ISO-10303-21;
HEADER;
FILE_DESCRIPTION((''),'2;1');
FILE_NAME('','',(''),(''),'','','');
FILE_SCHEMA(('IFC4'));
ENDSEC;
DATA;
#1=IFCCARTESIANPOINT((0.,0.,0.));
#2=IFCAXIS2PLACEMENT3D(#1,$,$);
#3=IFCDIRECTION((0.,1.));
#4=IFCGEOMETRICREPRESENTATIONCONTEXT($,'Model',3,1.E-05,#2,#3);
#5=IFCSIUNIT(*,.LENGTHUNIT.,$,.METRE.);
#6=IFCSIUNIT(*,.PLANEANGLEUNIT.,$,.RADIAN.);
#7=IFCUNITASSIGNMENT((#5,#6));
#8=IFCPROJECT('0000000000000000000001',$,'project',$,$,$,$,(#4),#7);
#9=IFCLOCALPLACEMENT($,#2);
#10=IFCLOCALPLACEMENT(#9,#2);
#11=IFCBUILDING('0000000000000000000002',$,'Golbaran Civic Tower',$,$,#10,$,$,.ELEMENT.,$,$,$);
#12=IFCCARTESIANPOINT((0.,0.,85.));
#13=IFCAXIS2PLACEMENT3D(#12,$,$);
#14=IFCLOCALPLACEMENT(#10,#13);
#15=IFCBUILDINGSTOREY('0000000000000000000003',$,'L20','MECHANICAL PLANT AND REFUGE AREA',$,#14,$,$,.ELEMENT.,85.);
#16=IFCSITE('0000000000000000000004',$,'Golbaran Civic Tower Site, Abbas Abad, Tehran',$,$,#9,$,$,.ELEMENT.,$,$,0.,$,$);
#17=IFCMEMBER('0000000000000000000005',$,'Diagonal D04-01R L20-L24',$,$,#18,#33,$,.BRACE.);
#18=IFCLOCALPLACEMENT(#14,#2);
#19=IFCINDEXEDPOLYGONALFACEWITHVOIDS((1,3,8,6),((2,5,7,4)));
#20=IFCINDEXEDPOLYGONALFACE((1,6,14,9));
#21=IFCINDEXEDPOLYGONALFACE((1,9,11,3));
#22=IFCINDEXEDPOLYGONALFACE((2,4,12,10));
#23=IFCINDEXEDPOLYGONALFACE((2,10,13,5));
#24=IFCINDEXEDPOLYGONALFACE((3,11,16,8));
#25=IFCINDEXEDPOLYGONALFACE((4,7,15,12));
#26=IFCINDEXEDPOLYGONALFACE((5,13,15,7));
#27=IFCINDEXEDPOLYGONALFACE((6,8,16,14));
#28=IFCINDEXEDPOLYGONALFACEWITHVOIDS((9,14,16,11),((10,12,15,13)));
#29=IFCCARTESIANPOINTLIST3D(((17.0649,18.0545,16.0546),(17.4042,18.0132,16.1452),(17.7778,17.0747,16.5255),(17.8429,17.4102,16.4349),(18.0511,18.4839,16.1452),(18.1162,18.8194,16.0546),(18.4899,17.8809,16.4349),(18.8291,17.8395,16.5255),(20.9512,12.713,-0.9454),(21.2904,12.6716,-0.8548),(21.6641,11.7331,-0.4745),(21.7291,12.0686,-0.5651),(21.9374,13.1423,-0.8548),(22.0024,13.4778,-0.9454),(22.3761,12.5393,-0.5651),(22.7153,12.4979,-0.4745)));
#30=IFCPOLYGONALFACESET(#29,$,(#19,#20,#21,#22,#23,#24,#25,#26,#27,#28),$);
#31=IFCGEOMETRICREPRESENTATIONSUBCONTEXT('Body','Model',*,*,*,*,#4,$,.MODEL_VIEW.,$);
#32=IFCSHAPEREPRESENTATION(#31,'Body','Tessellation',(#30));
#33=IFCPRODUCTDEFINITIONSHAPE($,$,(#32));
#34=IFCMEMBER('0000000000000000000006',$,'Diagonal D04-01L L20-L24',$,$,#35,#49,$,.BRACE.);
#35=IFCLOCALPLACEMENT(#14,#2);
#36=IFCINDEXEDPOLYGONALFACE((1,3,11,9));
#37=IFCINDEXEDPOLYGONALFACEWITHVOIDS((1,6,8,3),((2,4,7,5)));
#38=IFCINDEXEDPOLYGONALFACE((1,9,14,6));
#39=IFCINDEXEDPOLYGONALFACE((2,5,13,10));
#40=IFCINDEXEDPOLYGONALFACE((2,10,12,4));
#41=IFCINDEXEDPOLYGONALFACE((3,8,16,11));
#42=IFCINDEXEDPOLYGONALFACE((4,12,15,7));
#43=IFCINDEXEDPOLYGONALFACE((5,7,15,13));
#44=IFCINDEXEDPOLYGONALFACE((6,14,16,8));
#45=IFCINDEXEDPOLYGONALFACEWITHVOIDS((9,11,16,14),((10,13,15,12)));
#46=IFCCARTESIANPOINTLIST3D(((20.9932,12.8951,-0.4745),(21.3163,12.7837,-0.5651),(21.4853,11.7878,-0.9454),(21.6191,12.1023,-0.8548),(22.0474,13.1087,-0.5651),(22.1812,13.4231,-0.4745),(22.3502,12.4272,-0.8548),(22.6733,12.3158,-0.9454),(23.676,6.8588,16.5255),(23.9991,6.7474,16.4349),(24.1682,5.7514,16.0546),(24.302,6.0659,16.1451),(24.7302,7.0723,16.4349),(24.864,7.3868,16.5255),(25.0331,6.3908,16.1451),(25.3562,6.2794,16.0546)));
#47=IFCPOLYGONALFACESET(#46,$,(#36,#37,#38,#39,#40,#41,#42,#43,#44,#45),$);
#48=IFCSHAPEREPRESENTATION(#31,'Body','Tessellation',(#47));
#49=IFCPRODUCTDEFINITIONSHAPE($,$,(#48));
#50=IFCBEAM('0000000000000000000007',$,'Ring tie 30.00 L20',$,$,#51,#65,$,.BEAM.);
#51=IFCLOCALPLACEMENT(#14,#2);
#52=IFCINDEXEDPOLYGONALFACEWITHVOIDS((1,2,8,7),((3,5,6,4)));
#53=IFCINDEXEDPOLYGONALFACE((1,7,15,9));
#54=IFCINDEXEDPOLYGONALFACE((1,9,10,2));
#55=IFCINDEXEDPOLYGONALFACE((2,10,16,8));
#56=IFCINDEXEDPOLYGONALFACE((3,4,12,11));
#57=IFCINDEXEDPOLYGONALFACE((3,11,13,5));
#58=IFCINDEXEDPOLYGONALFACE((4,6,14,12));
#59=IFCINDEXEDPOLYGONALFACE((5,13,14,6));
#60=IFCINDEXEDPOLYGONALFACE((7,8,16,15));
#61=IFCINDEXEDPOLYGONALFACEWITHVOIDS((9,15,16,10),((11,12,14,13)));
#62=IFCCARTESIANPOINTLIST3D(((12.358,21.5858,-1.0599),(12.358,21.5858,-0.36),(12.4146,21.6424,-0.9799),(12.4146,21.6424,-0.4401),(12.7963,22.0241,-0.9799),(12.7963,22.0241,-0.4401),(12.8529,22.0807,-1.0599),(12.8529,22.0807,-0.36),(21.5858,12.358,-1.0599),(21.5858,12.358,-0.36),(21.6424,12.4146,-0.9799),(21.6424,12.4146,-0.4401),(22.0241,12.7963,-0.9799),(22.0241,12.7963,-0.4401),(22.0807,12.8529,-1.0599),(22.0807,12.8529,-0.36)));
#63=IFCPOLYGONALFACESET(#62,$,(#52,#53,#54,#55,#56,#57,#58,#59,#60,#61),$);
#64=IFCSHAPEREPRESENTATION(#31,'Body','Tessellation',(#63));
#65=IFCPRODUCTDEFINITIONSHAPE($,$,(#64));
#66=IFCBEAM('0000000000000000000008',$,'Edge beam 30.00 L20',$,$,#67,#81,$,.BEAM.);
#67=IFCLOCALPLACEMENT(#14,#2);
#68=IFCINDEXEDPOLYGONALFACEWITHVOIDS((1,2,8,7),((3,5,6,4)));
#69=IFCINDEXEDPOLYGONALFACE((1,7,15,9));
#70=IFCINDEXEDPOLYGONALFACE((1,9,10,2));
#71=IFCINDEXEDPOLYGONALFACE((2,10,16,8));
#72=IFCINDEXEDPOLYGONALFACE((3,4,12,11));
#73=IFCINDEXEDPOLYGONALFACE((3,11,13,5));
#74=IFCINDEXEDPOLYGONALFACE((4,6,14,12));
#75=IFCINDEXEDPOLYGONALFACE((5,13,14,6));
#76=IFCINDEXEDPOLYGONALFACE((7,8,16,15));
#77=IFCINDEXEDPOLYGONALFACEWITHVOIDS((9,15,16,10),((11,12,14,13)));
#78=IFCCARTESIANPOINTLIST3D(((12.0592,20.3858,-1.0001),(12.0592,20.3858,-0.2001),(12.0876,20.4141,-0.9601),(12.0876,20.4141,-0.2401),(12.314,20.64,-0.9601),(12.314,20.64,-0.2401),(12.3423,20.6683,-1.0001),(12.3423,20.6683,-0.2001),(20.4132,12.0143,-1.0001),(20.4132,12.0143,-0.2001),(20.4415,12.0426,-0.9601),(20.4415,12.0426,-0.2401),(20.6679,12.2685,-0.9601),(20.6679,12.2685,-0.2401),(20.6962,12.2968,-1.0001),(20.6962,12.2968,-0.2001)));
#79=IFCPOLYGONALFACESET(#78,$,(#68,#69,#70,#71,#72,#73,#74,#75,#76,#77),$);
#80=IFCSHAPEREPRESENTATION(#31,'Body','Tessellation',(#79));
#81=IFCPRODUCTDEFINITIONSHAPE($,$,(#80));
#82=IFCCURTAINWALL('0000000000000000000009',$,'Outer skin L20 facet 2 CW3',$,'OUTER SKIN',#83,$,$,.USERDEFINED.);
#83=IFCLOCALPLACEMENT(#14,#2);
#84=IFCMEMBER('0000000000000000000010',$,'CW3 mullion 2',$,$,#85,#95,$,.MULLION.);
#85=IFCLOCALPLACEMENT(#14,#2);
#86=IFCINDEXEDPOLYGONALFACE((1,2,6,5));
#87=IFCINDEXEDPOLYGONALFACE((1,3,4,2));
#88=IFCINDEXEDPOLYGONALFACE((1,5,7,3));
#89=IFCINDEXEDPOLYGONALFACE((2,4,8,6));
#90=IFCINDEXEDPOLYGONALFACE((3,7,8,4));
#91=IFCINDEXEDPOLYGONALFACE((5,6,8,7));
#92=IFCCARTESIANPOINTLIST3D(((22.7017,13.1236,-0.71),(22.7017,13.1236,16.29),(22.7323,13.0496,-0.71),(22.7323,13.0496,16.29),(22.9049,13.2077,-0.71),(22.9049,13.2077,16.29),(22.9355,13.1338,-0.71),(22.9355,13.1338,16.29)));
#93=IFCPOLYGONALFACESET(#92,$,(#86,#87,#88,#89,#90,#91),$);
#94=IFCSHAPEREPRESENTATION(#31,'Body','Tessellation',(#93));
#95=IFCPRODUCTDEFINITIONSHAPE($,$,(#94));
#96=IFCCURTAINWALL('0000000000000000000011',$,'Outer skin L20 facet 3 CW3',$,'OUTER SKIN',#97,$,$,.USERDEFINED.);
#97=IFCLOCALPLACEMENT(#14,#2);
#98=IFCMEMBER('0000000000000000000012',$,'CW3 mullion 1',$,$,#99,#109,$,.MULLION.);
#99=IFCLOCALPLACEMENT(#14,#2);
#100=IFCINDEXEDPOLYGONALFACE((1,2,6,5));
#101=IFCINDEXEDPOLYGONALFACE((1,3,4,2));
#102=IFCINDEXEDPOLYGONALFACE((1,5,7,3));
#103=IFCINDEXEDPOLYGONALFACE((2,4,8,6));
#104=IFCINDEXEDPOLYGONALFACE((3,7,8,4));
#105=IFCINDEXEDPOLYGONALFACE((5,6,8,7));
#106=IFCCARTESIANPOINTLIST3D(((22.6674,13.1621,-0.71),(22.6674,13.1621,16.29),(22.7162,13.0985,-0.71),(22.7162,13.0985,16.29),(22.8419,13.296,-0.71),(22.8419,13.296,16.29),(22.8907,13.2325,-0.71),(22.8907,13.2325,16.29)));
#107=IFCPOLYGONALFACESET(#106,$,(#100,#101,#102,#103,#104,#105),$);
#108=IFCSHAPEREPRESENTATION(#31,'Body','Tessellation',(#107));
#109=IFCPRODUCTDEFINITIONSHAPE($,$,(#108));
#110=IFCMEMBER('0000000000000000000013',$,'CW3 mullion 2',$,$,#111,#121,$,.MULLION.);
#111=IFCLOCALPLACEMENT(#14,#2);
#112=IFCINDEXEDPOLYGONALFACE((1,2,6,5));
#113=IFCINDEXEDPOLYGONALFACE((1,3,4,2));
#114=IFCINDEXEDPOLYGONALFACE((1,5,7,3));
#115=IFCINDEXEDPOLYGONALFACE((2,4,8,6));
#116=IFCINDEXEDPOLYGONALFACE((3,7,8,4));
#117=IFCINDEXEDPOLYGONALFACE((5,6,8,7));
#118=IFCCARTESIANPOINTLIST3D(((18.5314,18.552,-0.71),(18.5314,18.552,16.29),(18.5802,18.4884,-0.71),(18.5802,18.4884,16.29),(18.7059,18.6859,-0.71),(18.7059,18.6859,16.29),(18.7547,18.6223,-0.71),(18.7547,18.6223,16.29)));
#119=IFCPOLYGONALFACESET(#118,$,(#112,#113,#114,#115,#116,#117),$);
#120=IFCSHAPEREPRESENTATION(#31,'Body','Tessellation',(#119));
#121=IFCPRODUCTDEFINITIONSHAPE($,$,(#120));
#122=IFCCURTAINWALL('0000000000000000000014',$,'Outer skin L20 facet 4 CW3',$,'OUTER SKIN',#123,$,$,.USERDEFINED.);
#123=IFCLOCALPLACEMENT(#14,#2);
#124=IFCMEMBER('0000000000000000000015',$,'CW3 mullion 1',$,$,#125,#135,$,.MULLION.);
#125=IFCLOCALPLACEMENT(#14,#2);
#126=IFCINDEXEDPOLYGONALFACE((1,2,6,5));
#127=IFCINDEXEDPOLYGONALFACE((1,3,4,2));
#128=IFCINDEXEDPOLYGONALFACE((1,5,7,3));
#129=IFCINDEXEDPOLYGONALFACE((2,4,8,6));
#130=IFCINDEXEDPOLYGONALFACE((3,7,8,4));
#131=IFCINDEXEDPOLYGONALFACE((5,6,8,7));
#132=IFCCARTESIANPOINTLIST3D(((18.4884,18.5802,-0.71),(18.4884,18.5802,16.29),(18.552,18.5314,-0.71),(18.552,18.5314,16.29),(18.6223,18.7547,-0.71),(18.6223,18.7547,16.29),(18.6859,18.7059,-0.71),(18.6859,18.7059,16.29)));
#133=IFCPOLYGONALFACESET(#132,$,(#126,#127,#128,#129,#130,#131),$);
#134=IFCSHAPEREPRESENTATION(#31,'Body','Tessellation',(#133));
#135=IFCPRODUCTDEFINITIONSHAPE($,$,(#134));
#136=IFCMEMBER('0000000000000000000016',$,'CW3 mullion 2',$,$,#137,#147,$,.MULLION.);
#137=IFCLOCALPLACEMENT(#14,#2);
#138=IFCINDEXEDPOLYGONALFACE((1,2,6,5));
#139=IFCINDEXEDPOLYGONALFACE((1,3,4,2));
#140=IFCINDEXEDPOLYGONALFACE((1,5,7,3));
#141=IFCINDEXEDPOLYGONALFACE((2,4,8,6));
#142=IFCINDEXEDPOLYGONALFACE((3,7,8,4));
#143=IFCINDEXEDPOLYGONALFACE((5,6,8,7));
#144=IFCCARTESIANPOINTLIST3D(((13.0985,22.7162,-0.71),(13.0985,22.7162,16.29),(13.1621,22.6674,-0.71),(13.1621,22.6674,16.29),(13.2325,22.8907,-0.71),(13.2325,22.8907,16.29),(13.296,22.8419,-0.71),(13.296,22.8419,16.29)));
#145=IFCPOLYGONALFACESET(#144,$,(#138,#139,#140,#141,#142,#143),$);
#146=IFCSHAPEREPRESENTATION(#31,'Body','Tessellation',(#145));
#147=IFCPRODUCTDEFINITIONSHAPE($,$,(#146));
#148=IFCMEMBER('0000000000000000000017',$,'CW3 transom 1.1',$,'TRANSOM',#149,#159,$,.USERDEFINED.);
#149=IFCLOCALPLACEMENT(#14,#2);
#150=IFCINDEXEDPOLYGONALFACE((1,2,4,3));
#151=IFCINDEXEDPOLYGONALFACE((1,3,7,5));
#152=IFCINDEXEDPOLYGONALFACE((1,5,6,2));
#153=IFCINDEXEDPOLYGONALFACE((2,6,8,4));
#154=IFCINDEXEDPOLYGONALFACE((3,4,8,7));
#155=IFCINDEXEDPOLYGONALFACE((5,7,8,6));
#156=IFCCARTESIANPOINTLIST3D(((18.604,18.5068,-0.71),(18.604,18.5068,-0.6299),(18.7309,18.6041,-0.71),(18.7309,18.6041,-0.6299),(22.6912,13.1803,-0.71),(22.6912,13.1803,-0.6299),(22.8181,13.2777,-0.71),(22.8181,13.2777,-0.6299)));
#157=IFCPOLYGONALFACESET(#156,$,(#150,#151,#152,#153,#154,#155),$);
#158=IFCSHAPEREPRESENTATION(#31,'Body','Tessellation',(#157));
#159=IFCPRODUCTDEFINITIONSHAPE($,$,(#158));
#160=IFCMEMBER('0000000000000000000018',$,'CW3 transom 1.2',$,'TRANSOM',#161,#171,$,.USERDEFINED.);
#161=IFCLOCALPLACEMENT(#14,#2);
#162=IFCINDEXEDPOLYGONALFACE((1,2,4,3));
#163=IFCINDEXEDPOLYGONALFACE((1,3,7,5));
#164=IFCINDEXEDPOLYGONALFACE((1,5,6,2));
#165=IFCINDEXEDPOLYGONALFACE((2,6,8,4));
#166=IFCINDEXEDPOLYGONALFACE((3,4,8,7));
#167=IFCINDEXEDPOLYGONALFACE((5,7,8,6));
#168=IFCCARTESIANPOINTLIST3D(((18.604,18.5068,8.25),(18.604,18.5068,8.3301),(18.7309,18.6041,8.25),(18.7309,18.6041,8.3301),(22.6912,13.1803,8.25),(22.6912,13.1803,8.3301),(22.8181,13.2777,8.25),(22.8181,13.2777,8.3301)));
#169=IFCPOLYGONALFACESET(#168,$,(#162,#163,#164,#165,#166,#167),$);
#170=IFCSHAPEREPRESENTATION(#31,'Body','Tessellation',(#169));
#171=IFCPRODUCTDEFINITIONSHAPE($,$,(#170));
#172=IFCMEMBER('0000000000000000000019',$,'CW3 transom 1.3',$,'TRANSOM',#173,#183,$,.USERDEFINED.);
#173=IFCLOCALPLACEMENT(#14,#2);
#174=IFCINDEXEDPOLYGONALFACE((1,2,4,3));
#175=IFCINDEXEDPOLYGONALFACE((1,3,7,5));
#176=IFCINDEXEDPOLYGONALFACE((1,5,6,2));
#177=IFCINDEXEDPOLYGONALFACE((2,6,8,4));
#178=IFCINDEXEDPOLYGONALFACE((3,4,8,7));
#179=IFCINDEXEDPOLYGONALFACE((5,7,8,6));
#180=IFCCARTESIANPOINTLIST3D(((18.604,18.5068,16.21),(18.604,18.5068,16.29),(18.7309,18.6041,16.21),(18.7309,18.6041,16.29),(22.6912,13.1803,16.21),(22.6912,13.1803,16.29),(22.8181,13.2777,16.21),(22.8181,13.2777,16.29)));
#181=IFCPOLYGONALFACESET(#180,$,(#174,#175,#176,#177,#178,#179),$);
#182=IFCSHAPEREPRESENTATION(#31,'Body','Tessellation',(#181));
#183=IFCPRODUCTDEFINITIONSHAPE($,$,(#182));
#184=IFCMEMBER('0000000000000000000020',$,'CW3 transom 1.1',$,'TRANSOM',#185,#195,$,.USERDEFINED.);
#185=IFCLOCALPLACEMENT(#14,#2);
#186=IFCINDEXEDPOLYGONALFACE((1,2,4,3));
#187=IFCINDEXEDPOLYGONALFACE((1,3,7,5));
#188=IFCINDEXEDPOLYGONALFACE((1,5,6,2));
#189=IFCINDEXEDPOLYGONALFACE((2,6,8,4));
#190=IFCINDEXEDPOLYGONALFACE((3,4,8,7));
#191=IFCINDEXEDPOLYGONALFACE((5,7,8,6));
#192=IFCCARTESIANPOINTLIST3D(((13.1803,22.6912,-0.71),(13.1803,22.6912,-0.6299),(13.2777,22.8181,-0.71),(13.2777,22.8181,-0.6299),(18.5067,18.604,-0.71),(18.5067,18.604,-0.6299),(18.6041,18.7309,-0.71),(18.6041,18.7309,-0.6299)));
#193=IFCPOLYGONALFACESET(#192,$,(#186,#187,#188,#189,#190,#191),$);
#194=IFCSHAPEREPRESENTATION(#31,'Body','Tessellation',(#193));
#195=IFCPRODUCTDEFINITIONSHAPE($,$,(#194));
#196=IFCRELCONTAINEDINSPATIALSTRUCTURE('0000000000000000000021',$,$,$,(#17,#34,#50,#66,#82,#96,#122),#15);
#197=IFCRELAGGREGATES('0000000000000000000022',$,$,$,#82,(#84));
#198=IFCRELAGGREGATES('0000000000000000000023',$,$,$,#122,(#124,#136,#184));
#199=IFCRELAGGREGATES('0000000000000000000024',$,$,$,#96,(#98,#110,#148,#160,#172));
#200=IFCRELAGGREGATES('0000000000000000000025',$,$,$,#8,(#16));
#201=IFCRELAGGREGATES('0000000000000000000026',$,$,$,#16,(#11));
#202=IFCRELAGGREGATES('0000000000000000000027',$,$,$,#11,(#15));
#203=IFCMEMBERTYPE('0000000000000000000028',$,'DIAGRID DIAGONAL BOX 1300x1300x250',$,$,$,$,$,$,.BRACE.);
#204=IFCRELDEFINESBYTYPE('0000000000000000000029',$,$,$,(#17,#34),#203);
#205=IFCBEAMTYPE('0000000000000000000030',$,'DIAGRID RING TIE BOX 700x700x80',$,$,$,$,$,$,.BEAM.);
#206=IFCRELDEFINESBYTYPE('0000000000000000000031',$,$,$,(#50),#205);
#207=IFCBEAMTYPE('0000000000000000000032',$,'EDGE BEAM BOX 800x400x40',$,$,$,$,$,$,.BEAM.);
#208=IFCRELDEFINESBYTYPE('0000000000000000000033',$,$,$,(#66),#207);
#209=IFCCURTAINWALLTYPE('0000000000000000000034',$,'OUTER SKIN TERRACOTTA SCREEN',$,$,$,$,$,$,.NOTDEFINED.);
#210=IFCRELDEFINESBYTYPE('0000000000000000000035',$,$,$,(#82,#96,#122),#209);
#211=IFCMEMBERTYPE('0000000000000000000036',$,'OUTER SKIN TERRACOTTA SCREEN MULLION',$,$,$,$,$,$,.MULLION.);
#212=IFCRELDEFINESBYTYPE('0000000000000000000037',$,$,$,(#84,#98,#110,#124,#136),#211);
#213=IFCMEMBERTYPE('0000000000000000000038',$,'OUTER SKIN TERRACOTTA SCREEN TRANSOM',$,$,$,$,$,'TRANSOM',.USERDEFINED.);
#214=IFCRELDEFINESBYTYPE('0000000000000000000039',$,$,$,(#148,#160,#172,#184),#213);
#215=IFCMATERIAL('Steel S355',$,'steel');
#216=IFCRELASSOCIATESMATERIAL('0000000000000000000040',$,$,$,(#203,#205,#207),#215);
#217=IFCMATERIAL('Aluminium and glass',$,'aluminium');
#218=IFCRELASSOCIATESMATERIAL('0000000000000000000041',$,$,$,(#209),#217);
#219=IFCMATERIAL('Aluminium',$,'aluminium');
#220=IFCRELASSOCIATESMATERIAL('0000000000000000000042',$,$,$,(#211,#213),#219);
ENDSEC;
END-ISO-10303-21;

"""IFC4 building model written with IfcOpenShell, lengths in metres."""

from ifc_helpers import new_model, si_unit, direction, frame, origin, origin_2d, place, context, subcontext, project, spatial, rectangle, hollow_rectangle, extrude, material, material_profile, profile_set, type_object, element, aggregate, save


model = new_model("IFC4")

# Units and contexts
model_context = context("Model", 3, precision=1e-05, world=origin(), true_north=direction((0.0, 1.0)))
body_context = subcontext(model_context, "Body", "Model", "MODEL_VIEW")
ifc_project = project(units=[si_unit("LENGTHUNIT", "METRE"), si_unit("PLANEANGLEUNIT", "RADIAN")], contexts=[model_context])

# Site, building, storey
site_placement = place(None, origin())
site = spatial("IfcSite", under=ifc_project, at=site_placement, Name="Golbaran Civic Tower Site, Abbas Abad, Tehran", CompositionType="ELEMENT", RefElevation=0.0)
building_placement = place(site_placement, origin())
building = spatial("IfcBuilding", under=site, at=building_placement, Name="Golbaran Civic Tower", CompositionType="ELEMENT")
storey_placement = place(building_placement, frame((0.0, 0.0, 85.0)))
storey = spatial("IfcBuildingStorey", under=building, at=storey_placement, Name="L20", Description="MECHANICAL PLANT AND REFUGE AREA", CompositionType="ELEMENT", Elevation=85.0)

# Members
ifc_material_1 = material(Name="Steel S355", Category="steel")
ifc_material_profile_1 = material_profile(ifc_material_1, hollow_rectangle(XDim=1.3, YDim=1.3, WallThickness=0.25, at=origin_2d()), Name="BOX 1300x1300x250")
ifc_profile_set_1 = profile_set([ifc_material_profile_1], Name="Steel S355")
member_type_1 = type_object("IfcMemberType", Name="DIAGRID DIAGONAL BOX 1300x1300x250", PredefinedType="BRACE", material=ifc_profile_set_1)
for number, where, z_axis, x_axis, name in (
    (1, (21.8333, 12.6055, -0.71), (-0.213081, 0.292876, 0.932105), (-0.808631, -0.588317, 0.0), "Diagonal D04-01R L20-L24"),
    (2, (21.8333, 12.6055, -0.71), (0.1471, -0.330973, 0.932104), (0.91381, 0.406142, 0.0), "Diagonal D04-01L L20-L24"),
):
    element("IfcMember", number, at=place(storey_placement, frame(where, z_axis=z_axis, x_axis=x_axis)), inside=storey, type_object=member_type_1, Name=name, PredefinedType="BRACE", context=body_context, shape_type="SweptSolid", body=[
        extrude(hollow_rectangle(XDim=1.3, YDim=1.3, WallThickness=0.25, at=origin_2d()), origin(), (0.0, 0.0, 1.0), 18.2383),
    ])

# Beams
ifc_material_profile_2 = material_profile(ifc_material_1, hollow_rectangle(XDim=0.7, YDim=0.7, WallThickness=0.0801, at=origin_2d()), Name="BOX 700x700x80")
ifc_profile_set_2 = profile_set([ifc_material_profile_2], Name="Steel S355")
beam_type_1 = type_object("IfcBeamType", Name="DIAGRID RING TIE BOX 700x700x80", PredefinedType="BEAM", material=ifc_profile_set_2)
beam_1_placement = place(storey_placement, frame((21.8333, 12.6055, -0.71), z_axis=(-0.707107, 0.707107, 0.0), x_axis=(-0.707107, -0.707107, 0.0)))
element("IfcBeam", 3, at=beam_1_placement, inside=storey, type_object=beam_type_1, Name="Ring tie 30.00 L20", PredefinedType="BEAM", context=body_context, shape_type="SweptSolid", body=[
    extrude(hollow_rectangle(XDim=0.7, YDim=0.7, WallThickness=0.0801, at=origin_2d()), origin(), (0.0, 0.0, 1.0), 13.05),
])
ifc_material_profile_3 = material_profile(ifc_material_1, hollow_rectangle(XDim=0.3999, YDim=0.8, WallThickness=0.04, at=origin_2d()), Name="BOX 800x400x40")
ifc_profile_set_3 = profile_set([ifc_material_profile_3], Name="Steel S355")
beam_type_2 = type_object("IfcBeamType", Name="EDGE BEAM BOX 800x400x40", PredefinedType="BEAM", material=ifc_profile_set_3)
beam_2_placement = place(storey_placement, frame((20.5547, 12.1555, -0.6001), z_axis=(-0.706363, 0.70785, 0.0), x_axis=(-0.70785, -0.706363, 0.0)))
element("IfcBeam", 4, at=beam_2_placement, inside=storey, type_object=beam_type_2, Name="Edge beam 30.00 L20", PredefinedType="BEAM", context=body_context, shape_type="SweptSolid", body=[
    extrude(hollow_rectangle(XDim=0.3999, YDim=0.8, WallThickness=0.04, at=origin_2d()), origin(), (0.0, 0.0, 1.0), 11.8267),
])

# Curtain wall, member
ifc_material_2 = material(Name="Aluminium and glass", Category="aluminium")
curtain_wall_type_1 = type_object("IfcCurtainWallType", Name="OUTER SKIN TERRACOTTA SCREEN", PredefinedType="NOTDEFINED", material=ifc_material_2)
curtain_wall_1_placement = place(storey_placement, origin())
curtain_wall_1 = element("IfcCurtainWall", 5, at=curtain_wall_1_placement, inside=storey, type_object=curtain_wall_type_1, Name="Outer skin L20 facet 2 CW3", ObjectType="OUTER SKIN", PredefinedType="USERDEFINED")
ifc_material_3 = material(Name="Aluminium", Category="aluminium")
ifc_material_profile_4 = material_profile(ifc_material_3, rectangle(XDim=0.22, YDim=0.0801, at=origin_2d()), Name="OUTER SKIN TERRACOTTA SCREEN MULLION")
ifc_profile_set_4 = profile_set([ifc_material_profile_4], Name="Aluminium")
member_type_2 = type_object("IfcMemberType", Name="OUTER SKIN TERRACOTTA SCREEN MULLION", PredefinedType="MULLION", material=ifc_profile_set_4)
member_1_placement = place(storey_placement, frame((22.8186, 13.1287, -0.71), z_axis=(0.0, 0.0, 1.0), x_axis=(-0.92388, -0.382683, 0.0)))
member_1 = element("IfcMember", 6, at=member_1_placement, type_object=member_type_2, Name="CW3 mullion 2", PredefinedType="MULLION", context=body_context, shape_type="SweptSolid", body=[
    extrude(rectangle(XDim=0.22, YDim=0.0801, at=origin_2d()), origin(), (0.0, 0.0, 1.0), 17.0),
])

# Curtain walls, members
curtain_wall_2_placement = place(storey_placement, origin())
curtain_wall_2 = element("IfcCurtainWall", 7, at=curtain_wall_2_placement, inside=storey, type_object=curtain_wall_type_1, Name="Outer skin L20 facet 3 CW3", ObjectType="OUTER SKIN", PredefinedType="USERDEFINED")
member_2_placement = place(storey_placement, frame((22.7791, 13.1973, -0.71), z_axis=(0.0, 0.0, 1.0), x_axis=(-0.793353, -0.608761, 0.0)))
member_2 = element("IfcMember", 8, at=member_2_placement, type_object=member_type_2, Name="CW3 mullion 1", PredefinedType="MULLION", context=body_context, shape_type="SweptSolid", body=[
    extrude(rectangle(XDim=0.22, YDim=0.0801, at=origin_2d()), origin(), (0.0, 0.0, 1.0), 17.0),
])
member_3_placement = place(storey_placement, frame((18.6431, 18.5872, -0.71), z_axis=(0.0, 0.0, 1.0), x_axis=(-0.793353, -0.608761, 0.0)))
member_3 = element("IfcMember", 9, at=member_3_placement, type_object=member_type_2, Name="CW3 mullion 2", PredefinedType="MULLION", context=body_context, shape_type="SweptSolid", body=[
    extrude(rectangle(XDim=0.22, YDim=0.0801, at=origin_2d()), origin(), (0.0, 0.0, 1.0), 17.0),
])
curtain_wall_3_placement = place(storey_placement, origin())
curtain_wall_3 = element("IfcCurtainWall", 10, at=curtain_wall_3_placement, inside=storey, type_object=curtain_wall_type_1, Name="Outer skin L20 facet 4 CW3", ObjectType="OUTER SKIN", PredefinedType="USERDEFINED")
member_4_placement = place(storey_placement, frame((18.5872, 18.6431, -0.71), z_axis=(0.0, 0.0, 1.0), x_axis=(-0.608761, -0.793353, 0.0)))
member_4 = element("IfcMember", 11, at=member_4_placement, type_object=member_type_2, Name="CW3 mullion 1", PredefinedType="MULLION", context=body_context, shape_type="SweptSolid", body=[
    extrude(rectangle(XDim=0.22, YDim=0.0801, at=origin_2d()), origin(), (0.0, 0.0, 1.0), 17.0),
])
member_5_placement = place(storey_placement, frame((13.1973, 22.7791, -0.71), z_axis=(0.0, 0.0, 1.0), x_axis=(-0.608761, -0.793353, 0.0)))
member_5 = element("IfcMember", 12, at=member_5_placement, type_object=member_type_2, Name="CW3 mullion 2", PredefinedType="MULLION", context=body_context, shape_type="SweptSolid", body=[
    extrude(rectangle(XDim=0.22, YDim=0.0801, at=origin_2d()), origin(), (0.0, 0.0, 1.0), 17.0),
])

# Members
ifc_material_profile_5 = material_profile(ifc_material_3, rectangle(XDim=0.1599, YDim=0.0801, at=origin_2d()), Name="OUTER SKIN TERRACOTTA SCREEN TRANSOM")
ifc_profile_set_5 = profile_set([ifc_material_profile_5], Name="Aluminium")
member_type_3 = type_object("IfcMemberType", Name="OUTER SKIN TERRACOTTA SCREEN TRANSOM", ElementType="TRANSOM", PredefinedType="USERDEFINED", material=ifc_profile_set_5)
member_6_placement = place(storey_placement, frame((22.7546, 13.229, -0.6699), z_axis=(-0.608767, 0.793349, 0.0), x_axis=(-0.793349, -0.608767, 0.0)))
member_6 = element("IfcMember", 13, at=member_6_placement, type_object=member_type_3, Name="CW3 transom 1.1", ObjectType="TRANSOM", PredefinedType="USERDEFINED", context=body_context, shape_type="SweptSolid", body=[
    extrude(rectangle(XDim=0.1599, YDim=0.0801, at=origin_2d()), origin(), (0.0, 0.0, 1.0), 6.7139),
])
member_7_placement = place(storey_placement, frame((22.7546, 13.229, 8.29), z_axis=(-0.608767, 0.793349, 0.0), x_axis=(-0.793349, -0.608767, 0.0)))
member_7 = element("IfcMember", 14, at=member_7_placement, type_object=member_type_3, Name="CW3 transom 1.2", ObjectType="TRANSOM", PredefinedType="USERDEFINED", context=body_context, shape_type="SweptSolid", body=[
    extrude(rectangle(XDim=0.1599, YDim=0.0801, at=origin_2d()), origin(), (0.0, 0.0, 1.0), 6.7139),
])
member_8_placement = place(storey_placement, frame((22.7546, 13.229, 16.25), z_axis=(-0.608767, 0.793349, 0.0), x_axis=(-0.793349, -0.608767, 0.0)))
member_8 = element("IfcMember", 15, at=member_8_placement, type_object=member_type_3, Name="CW3 transom 1.3", ObjectType="TRANSOM", PredefinedType="USERDEFINED", context=body_context, shape_type="SweptSolid", body=[
    extrude(rectangle(XDim=0.1599, YDim=0.0801, at=origin_2d()), origin(), (0.0, 0.0, 1.0), 6.7139),
])
member_9_placement = place(storey_placement, frame((18.5554, 18.6675, -0.6699), z_axis=(-0.793349, 0.608767, 0.0), x_axis=(-0.608767, -0.793349, 0.0)))
member_9 = element("IfcMember", 16, at=member_9_placement, type_object=member_type_3, Name="CW3 transom 1.1", ObjectType="TRANSOM", PredefinedType="USERDEFINED", context=body_context, shape_type="SweptSolid", body=[
    extrude(rectangle(XDim=0.1599, YDim=0.0801, at=origin_2d()), origin(), (0.0, 0.0, 1.0), 6.7139),
])

aggregate(curtain_wall_1, [member_1])
aggregate(curtain_wall_3, [member_4, member_5, member_9])
aggregate(curtain_wall_2, [member_2, member_3, member_6, member_7, member_8])

save(model, "model.ifc")
